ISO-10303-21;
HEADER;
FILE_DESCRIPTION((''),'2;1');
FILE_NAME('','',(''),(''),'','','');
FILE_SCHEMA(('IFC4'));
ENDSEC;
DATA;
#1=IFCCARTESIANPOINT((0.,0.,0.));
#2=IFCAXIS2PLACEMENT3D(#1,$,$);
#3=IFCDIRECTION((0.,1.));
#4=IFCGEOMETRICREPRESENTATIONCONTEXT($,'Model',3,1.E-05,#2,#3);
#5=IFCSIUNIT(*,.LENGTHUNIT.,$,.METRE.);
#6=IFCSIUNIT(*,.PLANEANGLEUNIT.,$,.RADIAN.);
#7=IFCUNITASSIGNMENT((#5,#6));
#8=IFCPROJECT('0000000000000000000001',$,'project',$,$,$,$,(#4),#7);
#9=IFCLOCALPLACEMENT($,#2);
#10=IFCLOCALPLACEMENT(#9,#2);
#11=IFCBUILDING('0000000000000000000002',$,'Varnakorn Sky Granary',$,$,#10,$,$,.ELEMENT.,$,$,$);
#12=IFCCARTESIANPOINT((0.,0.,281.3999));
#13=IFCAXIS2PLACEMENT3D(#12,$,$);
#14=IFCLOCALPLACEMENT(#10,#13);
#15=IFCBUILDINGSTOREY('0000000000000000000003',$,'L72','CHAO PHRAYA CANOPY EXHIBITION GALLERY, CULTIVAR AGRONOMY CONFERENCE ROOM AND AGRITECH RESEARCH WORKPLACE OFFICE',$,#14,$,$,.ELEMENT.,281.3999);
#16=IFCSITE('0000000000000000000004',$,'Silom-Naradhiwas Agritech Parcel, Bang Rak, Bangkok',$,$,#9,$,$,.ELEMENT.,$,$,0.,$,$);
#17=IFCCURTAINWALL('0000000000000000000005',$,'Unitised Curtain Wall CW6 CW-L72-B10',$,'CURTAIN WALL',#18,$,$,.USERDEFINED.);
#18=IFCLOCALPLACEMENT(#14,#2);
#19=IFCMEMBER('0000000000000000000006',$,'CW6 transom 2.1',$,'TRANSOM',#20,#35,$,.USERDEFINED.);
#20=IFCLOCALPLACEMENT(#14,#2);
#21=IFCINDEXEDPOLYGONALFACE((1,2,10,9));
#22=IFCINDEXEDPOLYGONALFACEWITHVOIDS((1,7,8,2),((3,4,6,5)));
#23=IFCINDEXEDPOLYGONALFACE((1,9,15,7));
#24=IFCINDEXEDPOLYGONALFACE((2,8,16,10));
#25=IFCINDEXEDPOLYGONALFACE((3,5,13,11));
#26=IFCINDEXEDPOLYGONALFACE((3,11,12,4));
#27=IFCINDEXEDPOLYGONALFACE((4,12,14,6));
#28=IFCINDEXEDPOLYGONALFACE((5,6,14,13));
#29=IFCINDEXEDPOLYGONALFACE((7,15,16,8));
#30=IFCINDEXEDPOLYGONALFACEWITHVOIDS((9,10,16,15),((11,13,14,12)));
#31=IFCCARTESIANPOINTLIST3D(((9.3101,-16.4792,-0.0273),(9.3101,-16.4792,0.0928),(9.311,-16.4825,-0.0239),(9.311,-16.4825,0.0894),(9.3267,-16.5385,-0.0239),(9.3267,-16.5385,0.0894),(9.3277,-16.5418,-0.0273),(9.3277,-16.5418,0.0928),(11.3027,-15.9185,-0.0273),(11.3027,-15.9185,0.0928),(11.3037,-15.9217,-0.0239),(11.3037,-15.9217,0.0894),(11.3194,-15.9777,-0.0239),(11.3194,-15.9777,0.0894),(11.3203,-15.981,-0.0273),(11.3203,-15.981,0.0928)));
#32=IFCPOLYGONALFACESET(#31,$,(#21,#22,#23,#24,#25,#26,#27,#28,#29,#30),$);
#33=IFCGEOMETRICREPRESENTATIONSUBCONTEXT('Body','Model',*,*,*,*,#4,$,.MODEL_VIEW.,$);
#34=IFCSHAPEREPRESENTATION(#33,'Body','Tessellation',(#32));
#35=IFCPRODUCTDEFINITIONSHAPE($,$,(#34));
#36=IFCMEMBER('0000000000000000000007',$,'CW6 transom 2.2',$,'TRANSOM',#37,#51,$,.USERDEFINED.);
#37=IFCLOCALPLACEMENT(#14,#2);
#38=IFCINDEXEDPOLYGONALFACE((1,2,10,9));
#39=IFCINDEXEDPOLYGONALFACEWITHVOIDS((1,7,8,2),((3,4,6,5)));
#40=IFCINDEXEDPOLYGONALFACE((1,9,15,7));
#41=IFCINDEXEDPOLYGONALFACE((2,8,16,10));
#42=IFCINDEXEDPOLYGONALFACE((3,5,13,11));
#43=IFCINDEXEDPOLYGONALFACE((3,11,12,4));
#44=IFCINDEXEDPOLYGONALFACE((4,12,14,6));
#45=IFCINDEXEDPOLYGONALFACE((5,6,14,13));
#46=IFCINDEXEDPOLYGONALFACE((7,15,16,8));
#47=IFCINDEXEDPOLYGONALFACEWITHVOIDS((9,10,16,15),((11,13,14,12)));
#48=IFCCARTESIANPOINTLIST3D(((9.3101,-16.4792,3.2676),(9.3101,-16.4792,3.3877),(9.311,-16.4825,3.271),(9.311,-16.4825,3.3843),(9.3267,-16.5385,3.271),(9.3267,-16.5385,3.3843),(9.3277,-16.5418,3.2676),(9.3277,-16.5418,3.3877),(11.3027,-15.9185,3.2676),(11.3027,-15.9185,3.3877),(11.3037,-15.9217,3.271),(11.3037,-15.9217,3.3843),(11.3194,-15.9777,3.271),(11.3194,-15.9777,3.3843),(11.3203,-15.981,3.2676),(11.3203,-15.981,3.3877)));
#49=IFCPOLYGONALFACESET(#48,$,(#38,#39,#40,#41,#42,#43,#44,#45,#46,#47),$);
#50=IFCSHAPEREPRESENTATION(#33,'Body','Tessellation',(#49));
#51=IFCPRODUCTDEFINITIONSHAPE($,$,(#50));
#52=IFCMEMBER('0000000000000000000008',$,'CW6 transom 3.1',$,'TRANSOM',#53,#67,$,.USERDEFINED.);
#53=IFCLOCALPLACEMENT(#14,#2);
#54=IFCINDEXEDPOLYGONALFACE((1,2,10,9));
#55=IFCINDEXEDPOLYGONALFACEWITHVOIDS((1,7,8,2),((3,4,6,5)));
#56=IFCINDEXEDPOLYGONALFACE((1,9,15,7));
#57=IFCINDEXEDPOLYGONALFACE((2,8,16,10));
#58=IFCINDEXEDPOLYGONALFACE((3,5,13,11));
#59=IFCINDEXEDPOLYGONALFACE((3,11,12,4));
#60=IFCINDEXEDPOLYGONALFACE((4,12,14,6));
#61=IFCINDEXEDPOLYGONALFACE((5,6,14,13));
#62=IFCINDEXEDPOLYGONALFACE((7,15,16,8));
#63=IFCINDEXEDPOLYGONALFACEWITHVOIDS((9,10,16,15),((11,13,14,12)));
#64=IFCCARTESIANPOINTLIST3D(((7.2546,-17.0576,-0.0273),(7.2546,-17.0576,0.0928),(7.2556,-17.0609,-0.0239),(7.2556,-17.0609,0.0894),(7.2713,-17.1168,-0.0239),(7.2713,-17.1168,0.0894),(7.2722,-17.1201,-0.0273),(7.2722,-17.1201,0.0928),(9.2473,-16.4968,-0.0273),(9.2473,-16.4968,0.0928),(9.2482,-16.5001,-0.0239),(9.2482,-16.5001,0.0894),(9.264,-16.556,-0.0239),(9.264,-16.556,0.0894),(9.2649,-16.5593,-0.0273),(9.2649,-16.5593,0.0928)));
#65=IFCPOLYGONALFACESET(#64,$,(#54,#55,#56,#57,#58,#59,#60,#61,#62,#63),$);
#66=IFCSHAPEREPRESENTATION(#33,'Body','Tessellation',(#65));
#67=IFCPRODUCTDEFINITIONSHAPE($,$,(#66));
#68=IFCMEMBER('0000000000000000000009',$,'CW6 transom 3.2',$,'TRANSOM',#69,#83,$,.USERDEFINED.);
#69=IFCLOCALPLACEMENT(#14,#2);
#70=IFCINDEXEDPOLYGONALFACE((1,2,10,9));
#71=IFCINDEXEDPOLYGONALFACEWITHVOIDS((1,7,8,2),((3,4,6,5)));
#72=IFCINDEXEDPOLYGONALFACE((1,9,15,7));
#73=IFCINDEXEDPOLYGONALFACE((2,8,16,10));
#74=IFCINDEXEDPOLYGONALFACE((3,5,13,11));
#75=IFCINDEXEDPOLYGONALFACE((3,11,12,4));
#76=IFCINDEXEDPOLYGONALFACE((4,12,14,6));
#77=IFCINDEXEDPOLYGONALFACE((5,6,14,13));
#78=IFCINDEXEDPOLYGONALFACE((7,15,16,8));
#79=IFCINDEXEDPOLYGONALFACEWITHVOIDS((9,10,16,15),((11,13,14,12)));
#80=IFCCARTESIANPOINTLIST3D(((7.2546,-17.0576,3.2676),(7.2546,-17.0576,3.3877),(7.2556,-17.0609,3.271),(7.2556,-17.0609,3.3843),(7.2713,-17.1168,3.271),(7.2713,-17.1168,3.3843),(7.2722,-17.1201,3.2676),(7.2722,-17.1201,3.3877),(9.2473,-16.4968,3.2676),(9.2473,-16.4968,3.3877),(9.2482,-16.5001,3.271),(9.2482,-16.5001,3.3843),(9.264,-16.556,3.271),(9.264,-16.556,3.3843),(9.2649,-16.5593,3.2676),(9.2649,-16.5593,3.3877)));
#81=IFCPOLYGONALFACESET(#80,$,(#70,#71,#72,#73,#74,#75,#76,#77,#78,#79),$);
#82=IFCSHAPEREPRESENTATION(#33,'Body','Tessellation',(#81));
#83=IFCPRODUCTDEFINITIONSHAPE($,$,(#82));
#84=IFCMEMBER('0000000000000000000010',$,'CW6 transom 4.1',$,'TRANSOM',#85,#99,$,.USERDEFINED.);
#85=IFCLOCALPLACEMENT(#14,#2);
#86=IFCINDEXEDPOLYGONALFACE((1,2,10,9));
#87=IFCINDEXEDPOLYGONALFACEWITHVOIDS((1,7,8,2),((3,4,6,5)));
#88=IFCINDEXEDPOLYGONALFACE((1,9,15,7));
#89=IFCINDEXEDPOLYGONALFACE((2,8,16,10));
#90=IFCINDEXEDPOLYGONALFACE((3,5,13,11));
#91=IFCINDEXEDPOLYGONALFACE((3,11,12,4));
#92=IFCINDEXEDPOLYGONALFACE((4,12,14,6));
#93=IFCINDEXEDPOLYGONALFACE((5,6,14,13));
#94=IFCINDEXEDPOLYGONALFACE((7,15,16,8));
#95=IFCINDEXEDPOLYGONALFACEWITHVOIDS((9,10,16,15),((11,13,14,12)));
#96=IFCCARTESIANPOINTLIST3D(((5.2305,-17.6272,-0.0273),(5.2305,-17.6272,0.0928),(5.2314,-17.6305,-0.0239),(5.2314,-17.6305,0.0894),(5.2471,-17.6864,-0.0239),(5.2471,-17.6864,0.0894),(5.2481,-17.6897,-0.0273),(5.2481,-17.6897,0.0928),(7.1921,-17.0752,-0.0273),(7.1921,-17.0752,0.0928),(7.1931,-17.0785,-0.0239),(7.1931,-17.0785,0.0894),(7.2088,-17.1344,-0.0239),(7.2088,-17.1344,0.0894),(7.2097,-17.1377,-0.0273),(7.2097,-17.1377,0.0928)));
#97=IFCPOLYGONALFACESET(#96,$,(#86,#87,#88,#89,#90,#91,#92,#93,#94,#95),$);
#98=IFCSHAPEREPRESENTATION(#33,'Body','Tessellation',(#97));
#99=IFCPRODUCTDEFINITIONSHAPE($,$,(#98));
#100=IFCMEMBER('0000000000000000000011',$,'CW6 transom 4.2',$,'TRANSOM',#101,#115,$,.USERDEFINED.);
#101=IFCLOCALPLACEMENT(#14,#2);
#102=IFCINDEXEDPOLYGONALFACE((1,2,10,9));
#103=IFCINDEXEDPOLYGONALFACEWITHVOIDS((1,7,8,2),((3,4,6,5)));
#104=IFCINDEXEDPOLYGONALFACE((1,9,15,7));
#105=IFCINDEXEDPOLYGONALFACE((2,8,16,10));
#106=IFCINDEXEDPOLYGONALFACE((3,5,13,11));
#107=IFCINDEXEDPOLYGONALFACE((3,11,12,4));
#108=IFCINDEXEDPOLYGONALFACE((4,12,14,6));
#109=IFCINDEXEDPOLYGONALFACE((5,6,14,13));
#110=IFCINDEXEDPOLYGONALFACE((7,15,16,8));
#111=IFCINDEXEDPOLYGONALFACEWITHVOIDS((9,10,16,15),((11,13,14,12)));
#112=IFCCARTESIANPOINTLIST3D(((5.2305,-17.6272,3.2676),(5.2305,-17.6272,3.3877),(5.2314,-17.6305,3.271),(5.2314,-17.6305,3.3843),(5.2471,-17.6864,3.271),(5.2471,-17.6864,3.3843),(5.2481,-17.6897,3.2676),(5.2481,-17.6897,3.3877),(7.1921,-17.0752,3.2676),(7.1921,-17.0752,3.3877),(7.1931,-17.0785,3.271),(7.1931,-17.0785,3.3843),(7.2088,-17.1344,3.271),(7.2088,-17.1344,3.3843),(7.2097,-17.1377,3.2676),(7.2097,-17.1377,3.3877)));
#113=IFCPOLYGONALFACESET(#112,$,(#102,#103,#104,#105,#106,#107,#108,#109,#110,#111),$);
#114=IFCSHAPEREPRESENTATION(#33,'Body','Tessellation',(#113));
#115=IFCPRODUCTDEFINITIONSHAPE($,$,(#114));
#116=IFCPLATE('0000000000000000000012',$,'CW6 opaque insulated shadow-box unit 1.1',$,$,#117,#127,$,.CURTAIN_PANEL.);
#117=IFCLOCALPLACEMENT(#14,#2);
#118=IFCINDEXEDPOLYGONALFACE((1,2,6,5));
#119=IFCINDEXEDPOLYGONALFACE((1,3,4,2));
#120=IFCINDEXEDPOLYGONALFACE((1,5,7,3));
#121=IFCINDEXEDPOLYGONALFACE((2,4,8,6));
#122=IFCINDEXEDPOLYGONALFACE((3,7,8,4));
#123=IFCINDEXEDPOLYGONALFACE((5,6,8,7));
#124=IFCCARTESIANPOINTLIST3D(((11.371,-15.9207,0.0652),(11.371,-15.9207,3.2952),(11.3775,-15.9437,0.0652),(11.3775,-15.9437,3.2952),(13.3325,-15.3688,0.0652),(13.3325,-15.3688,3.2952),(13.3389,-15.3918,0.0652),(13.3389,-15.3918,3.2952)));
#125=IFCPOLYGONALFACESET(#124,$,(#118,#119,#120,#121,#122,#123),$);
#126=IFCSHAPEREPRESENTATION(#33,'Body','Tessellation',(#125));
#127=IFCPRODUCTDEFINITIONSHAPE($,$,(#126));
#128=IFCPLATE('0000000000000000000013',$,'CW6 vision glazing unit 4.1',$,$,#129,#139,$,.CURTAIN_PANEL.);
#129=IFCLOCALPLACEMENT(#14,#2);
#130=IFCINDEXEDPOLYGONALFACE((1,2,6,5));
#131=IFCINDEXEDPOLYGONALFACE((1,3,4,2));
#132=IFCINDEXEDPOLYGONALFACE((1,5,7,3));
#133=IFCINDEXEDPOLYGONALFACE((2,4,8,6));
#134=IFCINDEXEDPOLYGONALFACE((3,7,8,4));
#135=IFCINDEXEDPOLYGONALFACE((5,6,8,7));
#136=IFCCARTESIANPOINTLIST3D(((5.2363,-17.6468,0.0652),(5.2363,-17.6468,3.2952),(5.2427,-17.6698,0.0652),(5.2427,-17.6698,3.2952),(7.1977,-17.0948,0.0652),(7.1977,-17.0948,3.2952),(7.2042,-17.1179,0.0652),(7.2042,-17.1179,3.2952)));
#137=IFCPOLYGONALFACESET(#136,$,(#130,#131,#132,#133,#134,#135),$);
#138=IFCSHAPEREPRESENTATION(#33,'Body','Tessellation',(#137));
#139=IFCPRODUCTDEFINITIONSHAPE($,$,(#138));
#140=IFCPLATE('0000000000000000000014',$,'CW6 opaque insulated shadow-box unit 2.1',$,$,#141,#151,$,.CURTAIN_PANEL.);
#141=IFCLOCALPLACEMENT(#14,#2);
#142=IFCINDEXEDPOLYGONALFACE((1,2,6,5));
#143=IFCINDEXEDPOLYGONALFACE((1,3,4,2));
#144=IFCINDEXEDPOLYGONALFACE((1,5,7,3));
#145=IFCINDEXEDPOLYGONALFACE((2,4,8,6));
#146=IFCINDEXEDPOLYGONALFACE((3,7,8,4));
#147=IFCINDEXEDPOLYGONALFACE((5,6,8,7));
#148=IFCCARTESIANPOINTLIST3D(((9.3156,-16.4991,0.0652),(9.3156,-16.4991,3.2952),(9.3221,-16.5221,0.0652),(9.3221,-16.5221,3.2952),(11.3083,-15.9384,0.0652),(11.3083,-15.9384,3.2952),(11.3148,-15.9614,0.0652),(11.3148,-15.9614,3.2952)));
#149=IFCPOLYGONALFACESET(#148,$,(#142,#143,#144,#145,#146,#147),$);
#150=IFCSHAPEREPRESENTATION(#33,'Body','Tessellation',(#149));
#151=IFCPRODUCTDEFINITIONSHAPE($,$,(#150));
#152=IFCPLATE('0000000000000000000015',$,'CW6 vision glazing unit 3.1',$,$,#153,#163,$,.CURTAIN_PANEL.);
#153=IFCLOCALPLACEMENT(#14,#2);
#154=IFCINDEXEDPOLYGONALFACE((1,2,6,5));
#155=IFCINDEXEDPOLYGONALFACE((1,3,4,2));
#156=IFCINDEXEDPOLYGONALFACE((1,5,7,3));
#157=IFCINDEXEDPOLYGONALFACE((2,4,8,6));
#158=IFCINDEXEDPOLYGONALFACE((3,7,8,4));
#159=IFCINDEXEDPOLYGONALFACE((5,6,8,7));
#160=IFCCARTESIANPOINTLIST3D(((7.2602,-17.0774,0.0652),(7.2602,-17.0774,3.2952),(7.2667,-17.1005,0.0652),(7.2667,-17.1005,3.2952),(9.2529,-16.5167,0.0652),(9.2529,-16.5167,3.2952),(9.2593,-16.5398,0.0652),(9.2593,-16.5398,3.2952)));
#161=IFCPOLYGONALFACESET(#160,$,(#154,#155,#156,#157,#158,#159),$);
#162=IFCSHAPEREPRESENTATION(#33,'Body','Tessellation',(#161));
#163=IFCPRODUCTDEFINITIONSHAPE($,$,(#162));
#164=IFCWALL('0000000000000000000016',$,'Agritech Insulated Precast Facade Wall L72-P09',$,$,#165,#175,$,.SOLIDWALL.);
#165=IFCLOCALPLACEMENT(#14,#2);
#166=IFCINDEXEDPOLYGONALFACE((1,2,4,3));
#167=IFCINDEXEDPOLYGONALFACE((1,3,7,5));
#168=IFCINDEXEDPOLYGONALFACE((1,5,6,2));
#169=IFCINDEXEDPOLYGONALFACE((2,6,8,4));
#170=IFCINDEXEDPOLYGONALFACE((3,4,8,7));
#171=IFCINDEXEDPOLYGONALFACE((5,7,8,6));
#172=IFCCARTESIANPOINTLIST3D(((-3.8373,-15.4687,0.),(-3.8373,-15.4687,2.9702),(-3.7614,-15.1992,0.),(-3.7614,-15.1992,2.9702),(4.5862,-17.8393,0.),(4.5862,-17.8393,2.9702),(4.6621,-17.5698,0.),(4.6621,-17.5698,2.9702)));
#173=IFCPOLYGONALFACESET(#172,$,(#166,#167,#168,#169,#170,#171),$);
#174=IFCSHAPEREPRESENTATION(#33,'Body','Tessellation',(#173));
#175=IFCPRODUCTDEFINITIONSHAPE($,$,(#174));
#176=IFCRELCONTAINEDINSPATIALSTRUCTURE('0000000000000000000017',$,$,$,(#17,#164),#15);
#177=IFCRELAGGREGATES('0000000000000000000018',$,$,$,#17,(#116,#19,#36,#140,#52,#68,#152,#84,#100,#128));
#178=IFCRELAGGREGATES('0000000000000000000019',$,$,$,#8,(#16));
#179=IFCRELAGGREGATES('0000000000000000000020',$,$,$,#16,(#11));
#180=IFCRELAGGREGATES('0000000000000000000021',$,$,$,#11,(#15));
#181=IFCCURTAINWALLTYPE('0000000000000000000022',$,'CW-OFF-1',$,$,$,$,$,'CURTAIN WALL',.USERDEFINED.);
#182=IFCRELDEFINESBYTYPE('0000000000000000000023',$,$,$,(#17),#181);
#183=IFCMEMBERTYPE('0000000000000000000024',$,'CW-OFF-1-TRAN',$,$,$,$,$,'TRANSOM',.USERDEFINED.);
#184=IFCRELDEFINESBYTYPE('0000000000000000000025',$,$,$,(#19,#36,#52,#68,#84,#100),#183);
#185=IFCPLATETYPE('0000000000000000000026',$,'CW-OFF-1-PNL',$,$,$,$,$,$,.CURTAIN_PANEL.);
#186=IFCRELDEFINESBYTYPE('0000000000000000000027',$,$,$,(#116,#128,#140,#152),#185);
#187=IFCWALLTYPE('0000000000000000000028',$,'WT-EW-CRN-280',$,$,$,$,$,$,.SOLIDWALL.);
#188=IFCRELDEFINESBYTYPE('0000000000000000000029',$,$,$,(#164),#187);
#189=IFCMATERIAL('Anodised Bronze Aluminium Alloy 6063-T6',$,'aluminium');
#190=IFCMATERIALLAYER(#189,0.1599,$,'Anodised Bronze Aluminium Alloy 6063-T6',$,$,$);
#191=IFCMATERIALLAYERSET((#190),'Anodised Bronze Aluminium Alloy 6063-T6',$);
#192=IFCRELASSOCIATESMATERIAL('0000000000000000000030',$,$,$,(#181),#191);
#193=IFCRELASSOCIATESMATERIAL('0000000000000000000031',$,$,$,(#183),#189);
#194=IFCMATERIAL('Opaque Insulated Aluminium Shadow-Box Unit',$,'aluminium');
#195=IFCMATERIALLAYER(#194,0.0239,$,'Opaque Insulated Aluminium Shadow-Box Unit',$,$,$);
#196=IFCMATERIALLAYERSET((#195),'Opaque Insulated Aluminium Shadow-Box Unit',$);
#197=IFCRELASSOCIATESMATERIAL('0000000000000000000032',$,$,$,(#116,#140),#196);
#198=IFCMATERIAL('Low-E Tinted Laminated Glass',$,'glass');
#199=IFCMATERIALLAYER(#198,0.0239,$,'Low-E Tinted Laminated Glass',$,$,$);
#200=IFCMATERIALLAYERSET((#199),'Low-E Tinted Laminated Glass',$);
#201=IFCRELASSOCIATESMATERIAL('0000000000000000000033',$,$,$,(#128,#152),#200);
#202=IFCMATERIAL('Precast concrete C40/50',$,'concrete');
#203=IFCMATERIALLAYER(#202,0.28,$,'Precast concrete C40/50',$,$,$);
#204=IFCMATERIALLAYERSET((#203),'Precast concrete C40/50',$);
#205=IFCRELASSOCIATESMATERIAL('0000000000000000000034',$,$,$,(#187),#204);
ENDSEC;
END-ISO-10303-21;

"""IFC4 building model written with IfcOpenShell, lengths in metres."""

from ifc_helpers import new_model, si_unit, direction, frame, frame_2d, origin, origin_2d, place, context, subcontext, project, spatial, rectangle, hollow_rectangle, extrude, source, transform, mapped, material, layer, layer_set, material_profile, profile_set, type_object, type_shapes, element, aggregate, save


model = new_model("IFC4")

# Units and contexts
model_context = context("Model", 3, precision=1e-05, world=origin(), true_north=direction((0.0, 1.0)))
body_context = subcontext(model_context, "Body", "Model", "MODEL_VIEW")
ifc_project = project(units=[si_unit("LENGTHUNIT", "METRE"), si_unit("PLANEANGLEUNIT", "RADIAN")], contexts=[model_context])

# Site, building, storey
site_placement = place(None, origin())
site = spatial("IfcSite", under=ifc_project, at=site_placement, Name="Silom-Naradhiwas Agritech Parcel, Bang Rak, Bangkok", CompositionType="ELEMENT", RefElevation=0.0)
building_placement = place(site_placement, origin())
building = spatial("IfcBuilding", under=site, at=building_placement, Name="Varnakorn Sky Granary", CompositionType="ELEMENT")
storey_placement = place(building_placement, frame((0.0, 0.0, 281.3999)))
storey = spatial("IfcBuildingStorey", under=building, at=storey_placement, Name="L72", Description="CHAO PHRAYA CANOPY EXHIBITION GALLERY, CULTIVAR AGRONOMY CONFERENCE ROOM AND AGRITECH RESEARCH WORKPLACE OFFICE", CompositionType="ELEMENT", Elevation=281.3999)

# Curtain wall, members, plates
ifc_material_1 = material(Name="Anodised Bronze Aluminium Alloy 6063-T6", Category="aluminium")
ifc_layer_1 = layer(ifc_material_1, 0.1599, Name="Anodised Bronze Aluminium Alloy 6063-T6")
ifc_layer_set_1 = layer_set([ifc_layer_1], Name="Anodised Bronze Aluminium Alloy 6063-T6")
curtain_wall_type = type_object("IfcCurtainWallType", Name="CW-OFF-1", ElementType="CURTAIN WALL", PredefinedType="USERDEFINED", material=ifc_layer_set_1)
curtain_wall_placement = place(storey_placement, origin())
curtain_wall = element("IfcCurtainWall", 1, at=curtain_wall_placement, inside=storey, type_object=curtain_wall_type, Name="Unitised Curtain Wall CW6 CW-L72-B10", ObjectType="CURTAIN WALL", PredefinedType="USERDEFINED")
ifc_material_profile_1 = material_profile(ifc_material_1, hollow_rectangle(XDim=0.0649, YDim=0.1201, WallThickness=0.0034, at=origin_2d()), Name="ALU TRAN 65x120")
ifc_profile_set_1 = profile_set([ifc_material_profile_1], Name="Anodised Bronze Aluminium Alloy 6063-T6")
member_type_1 = type_object("IfcMemberType", Name="CW-OFF-1-TRAN", ElementType="TRANSOM", PredefinedType="USERDEFINED", material=ifc_profile_set_1)
member_1_placement = place(storey_placement, frame((11.3115, -15.9497, 0.0327), z_axis=(-0.962607, -0.270903, 0.0), x_axis=(0.270903, -0.962607, 0.0)))
member_1 = element("IfcMember", 2, at=member_1_placement, type_object=member_type_1, Name="CW6 transom 2.1", ObjectType="TRANSOM", PredefinedType="USERDEFINED", context=body_context, shape_type="SweptSolid", body=[
    extrude(hollow_rectangle(XDim=0.0649, YDim=0.1201, WallThickness=0.0034, at=origin_2d()), origin(), (0.0, 0.0, 1.0), 2.0701),
])
member_2_placement = place(storey_placement, frame((11.3115, -15.9497, 3.3276), z_axis=(-0.962607, -0.270903, 0.0), x_axis=(0.270903, -0.962607, 0.0)))
member_2 = element("IfcMember", 3, at=member_2_placement, type_object=member_type_1, Name="CW6 transom 2.2", ObjectType="TRANSOM", PredefinedType="USERDEFINED", context=body_context, shape_type="SweptSolid", body=[
    extrude(hollow_rectangle(XDim=0.0649, YDim=0.1201, WallThickness=0.0034, at=origin_2d()), origin(), (0.0, 0.0, 1.0), 2.0701),
])
member_3_placement = place(storey_placement, frame((9.2561, -16.5281, 0.0327), z_axis=(-0.962607, -0.270903, 0.0), x_axis=(0.270903, -0.962607, 0.0)))
member_3 = element("IfcMember", 4, at=member_3_placement, type_object=member_type_1, Name="CW6 transom 3.1", ObjectType="TRANSOM", PredefinedType="USERDEFINED", context=body_context, shape_type="SweptSolid", body=[
    extrude(hollow_rectangle(XDim=0.0649, YDim=0.1201, WallThickness=0.0034, at=origin_2d()), origin(), (0.0, 0.0, 1.0), 2.0701),
])
member_4_placement = place(storey_placement, frame((9.2561, -16.5281, 3.3276), z_axis=(-0.962607, -0.270903, 0.0), x_axis=(0.270903, -0.962607, 0.0)))
member_4 = element("IfcMember", 5, at=member_4_placement, type_object=member_type_1, Name="CW6 transom 3.2", ObjectType="TRANSOM", PredefinedType="USERDEFINED", context=body_context, shape_type="SweptSolid", body=[
    extrude(hollow_rectangle(XDim=0.0649, YDim=0.1201, WallThickness=0.0034, at=origin_2d()), origin(), (0.0, 0.0, 1.0), 2.0701),
])
member_5_placement = place(storey_placement, frame((7.2009, -17.1064, 0.0327), z_axis=(-0.962615, -0.270874, 0.0), x_axis=(0.270874, -0.962615, 0.0)))
member_5 = element("IfcMember", 6, at=member_5_placement, type_object=member_type_1, Name="CW6 transom 4.1", ObjectType="TRANSOM", PredefinedType="USERDEFINED", context=body_context, shape_type="SweptSolid", body=[
    extrude(hollow_rectangle(XDim=0.0649, YDim=0.1201, WallThickness=0.0034, at=origin_2d()), origin(), (0.0, 0.0, 1.0), 2.0378),
])
member_6_placement = place(storey_placement, frame((7.2009, -17.1064, 3.3276), z_axis=(-0.962615, -0.270874, 0.0), x_axis=(0.270874, -0.962615, 0.0)))
member_6 = element("IfcMember", 7, at=member_6_placement, type_object=member_type_1, Name="CW6 transom 4.2", ObjectType="TRANSOM", PredefinedType="USERDEFINED", context=body_context, shape_type="SweptSolid", body=[
    extrude(hollow_rectangle(XDim=0.0649, YDim=0.1201, WallThickness=0.0034, at=origin_2d()), origin(), (0.0, 0.0, 1.0), 2.0378),
])
ifc_material_2 = material(Name="Opaque Insulated Aluminium Shadow-Box Unit", Category="aluminium")
ifc_layer_2 = layer(ifc_material_2, 0.0239, Name="Opaque Insulated Aluminium Shadow-Box Unit")
ifc_layer_set_2 = layer_set([ifc_layer_2], Name="Opaque Insulated Aluminium Shadow-Box Unit")
plate_type = type_object("IfcPlateType", Name="CW-OFF-1-PNL", PredefinedType="CURTAIN_PANEL")
shared_shape_1 = source(origin(), body_context, "Body", "SweptSolid", [
    extrude(rectangle(XDim=2.0376, YDim=0.0239, at=origin_2d()), origin(), (0.0, 0.0, 1.0), 3.23),
])
plate_1_placement = place(storey_placement, frame((12.355, -15.6562, 0.0652), z_axis=(0.0, 0.0, 1.0), x_axis=(-0.962616, -0.270868, 0.0)))
plate_1 = element("IfcPlate", 8, at=plate_1_placement, type_object=plate_type, material=ifc_layer_set_2, Name="CW6 opaque insulated shadow-box unit 1.1", PredefinedType="CURTAIN_PANEL", context=body_context, shape_type="MappedRepresentation", body=[
    mapped(shared_shape_1, transform((0.0, 0.0, 0.0), x_axis=(1.0, 0.0, 0.0), y_axis=(0.0, 1.0, 0.0), z_axis=(0.0, 0.0, 1.0), scale=1.0)),
])
ifc_material_3 = material(Name="Low-E Tinted Laminated Glass", Category="glass")
ifc_layer_3 = layer(ifc_material_3, 0.0239, Name="Low-E Tinted Laminated Glass")
ifc_layer_set_3 = layer_set([ifc_layer_3], Name="Low-E Tinted Laminated Glass")
plate_2_placement = place(storey_placement, frame((6.2202, -17.3823, 0.0652), z_axis=(0.0, 0.0, 1.0), x_axis=(-0.962616, -0.270868, 0.0)))
plate_2 = element("IfcPlate", 9, at=plate_2_placement, type_object=plate_type, material=ifc_layer_set_3, Name="CW6 vision glazing unit 4.1", PredefinedType="CURTAIN_PANEL", context=body_context, shape_type="MappedRepresentation", body=[
    mapped(shared_shape_1, transform((0.0, 0.0, 0.0), x_axis=(1.0, 0.0, 0.0), y_axis=(0.0, 1.0, 0.0), z_axis=(0.0, 0.0, 1.0), scale=1.0)),
])
shared_shape_2 = source(origin(), body_context, "Body", "SweptSolid", [
    extrude(rectangle(XDim=2.0701, YDim=0.0239, at=origin_2d()), origin(), (0.0, 0.0, 1.0), 3.23),
])
type_shapes(plate_type, [shared_shape_1, shared_shape_2])
plate_3_placement = place(storey_placement, frame((10.3152, -16.2302, 0.0652), z_axis=(0.0, 0.0, 1.0), x_axis=(-0.962616, -0.270868, 0.0)))
plate_3 = element("IfcPlate", 10, at=plate_3_placement, type_object=plate_type, material=ifc_layer_set_2, Name="CW6 opaque insulated shadow-box unit 2.1", PredefinedType="CURTAIN_PANEL", context=body_context, shape_type="MappedRepresentation", body=[
    mapped(shared_shape_2, transform((0.0, 0.0, 0.0), x_axis=(1.0, 0.0, 0.0), y_axis=(0.0, 1.0, 0.0), z_axis=(0.0, 0.0, 1.0), scale=1.0)),
])
plate_4_placement = place(storey_placement, frame((8.2598, -16.8086, 0.0652), z_axis=(0.0, 0.0, 1.0), x_axis=(-0.962616, -0.270868, 0.0)))
plate_4 = element("IfcPlate", 11, at=plate_4_placement, type_object=plate_type, material=ifc_layer_set_3, Name="CW6 vision glazing unit 3.1", PredefinedType="CURTAIN_PANEL", context=body_context, shape_type="MappedRepresentation", body=[
    mapped(shared_shape_2, transform((0.0, 0.0, 0.0), x_axis=(1.0, 0.0, 0.0), y_axis=(0.0, 1.0, 0.0), z_axis=(0.0, 0.0, 1.0), scale=1.0)),
])
aggregate(curtain_wall, [plate_1, member_1, member_2, plate_3, member_3, member_4, plate_4, member_5, member_6, plate_2])

# Wall
ifc_material_4 = material(Name="Precast concrete C40/50", Category="concrete")
ifc_layer_4 = layer(ifc_material_4, 0.28, Name="Precast concrete C40/50")
ifc_layer_set_4 = layer_set([ifc_layer_4], Name="Precast concrete C40/50")
wall_type = type_object("IfcWallType", Name="WT-EW-CRN-280", PredefinedType="SOLIDWALL", material=ifc_layer_set_4)
wall_placement = place(storey_placement, frame((4.6243, -17.7046, 0.0), z_axis=(0.0, 0.0, 1.0), x_axis=(-0.962607, 0.270902, 0.0)))
element("IfcWall", 12, at=wall_placement, inside=storey, type_object=wall_type, Name="Agritech Insulated Precast Facade Wall L72-P09", PredefinedType="SOLIDWALL", context=body_context, shape_type="SweptSolid", body=[
    extrude(rectangle(XDim=8.7507, YDim=0.28, at=frame_2d((4.3755, 0.0))), origin(), (0.0, 0.0, 1.0), 2.9702),
])

save(model, "model.ifc")
